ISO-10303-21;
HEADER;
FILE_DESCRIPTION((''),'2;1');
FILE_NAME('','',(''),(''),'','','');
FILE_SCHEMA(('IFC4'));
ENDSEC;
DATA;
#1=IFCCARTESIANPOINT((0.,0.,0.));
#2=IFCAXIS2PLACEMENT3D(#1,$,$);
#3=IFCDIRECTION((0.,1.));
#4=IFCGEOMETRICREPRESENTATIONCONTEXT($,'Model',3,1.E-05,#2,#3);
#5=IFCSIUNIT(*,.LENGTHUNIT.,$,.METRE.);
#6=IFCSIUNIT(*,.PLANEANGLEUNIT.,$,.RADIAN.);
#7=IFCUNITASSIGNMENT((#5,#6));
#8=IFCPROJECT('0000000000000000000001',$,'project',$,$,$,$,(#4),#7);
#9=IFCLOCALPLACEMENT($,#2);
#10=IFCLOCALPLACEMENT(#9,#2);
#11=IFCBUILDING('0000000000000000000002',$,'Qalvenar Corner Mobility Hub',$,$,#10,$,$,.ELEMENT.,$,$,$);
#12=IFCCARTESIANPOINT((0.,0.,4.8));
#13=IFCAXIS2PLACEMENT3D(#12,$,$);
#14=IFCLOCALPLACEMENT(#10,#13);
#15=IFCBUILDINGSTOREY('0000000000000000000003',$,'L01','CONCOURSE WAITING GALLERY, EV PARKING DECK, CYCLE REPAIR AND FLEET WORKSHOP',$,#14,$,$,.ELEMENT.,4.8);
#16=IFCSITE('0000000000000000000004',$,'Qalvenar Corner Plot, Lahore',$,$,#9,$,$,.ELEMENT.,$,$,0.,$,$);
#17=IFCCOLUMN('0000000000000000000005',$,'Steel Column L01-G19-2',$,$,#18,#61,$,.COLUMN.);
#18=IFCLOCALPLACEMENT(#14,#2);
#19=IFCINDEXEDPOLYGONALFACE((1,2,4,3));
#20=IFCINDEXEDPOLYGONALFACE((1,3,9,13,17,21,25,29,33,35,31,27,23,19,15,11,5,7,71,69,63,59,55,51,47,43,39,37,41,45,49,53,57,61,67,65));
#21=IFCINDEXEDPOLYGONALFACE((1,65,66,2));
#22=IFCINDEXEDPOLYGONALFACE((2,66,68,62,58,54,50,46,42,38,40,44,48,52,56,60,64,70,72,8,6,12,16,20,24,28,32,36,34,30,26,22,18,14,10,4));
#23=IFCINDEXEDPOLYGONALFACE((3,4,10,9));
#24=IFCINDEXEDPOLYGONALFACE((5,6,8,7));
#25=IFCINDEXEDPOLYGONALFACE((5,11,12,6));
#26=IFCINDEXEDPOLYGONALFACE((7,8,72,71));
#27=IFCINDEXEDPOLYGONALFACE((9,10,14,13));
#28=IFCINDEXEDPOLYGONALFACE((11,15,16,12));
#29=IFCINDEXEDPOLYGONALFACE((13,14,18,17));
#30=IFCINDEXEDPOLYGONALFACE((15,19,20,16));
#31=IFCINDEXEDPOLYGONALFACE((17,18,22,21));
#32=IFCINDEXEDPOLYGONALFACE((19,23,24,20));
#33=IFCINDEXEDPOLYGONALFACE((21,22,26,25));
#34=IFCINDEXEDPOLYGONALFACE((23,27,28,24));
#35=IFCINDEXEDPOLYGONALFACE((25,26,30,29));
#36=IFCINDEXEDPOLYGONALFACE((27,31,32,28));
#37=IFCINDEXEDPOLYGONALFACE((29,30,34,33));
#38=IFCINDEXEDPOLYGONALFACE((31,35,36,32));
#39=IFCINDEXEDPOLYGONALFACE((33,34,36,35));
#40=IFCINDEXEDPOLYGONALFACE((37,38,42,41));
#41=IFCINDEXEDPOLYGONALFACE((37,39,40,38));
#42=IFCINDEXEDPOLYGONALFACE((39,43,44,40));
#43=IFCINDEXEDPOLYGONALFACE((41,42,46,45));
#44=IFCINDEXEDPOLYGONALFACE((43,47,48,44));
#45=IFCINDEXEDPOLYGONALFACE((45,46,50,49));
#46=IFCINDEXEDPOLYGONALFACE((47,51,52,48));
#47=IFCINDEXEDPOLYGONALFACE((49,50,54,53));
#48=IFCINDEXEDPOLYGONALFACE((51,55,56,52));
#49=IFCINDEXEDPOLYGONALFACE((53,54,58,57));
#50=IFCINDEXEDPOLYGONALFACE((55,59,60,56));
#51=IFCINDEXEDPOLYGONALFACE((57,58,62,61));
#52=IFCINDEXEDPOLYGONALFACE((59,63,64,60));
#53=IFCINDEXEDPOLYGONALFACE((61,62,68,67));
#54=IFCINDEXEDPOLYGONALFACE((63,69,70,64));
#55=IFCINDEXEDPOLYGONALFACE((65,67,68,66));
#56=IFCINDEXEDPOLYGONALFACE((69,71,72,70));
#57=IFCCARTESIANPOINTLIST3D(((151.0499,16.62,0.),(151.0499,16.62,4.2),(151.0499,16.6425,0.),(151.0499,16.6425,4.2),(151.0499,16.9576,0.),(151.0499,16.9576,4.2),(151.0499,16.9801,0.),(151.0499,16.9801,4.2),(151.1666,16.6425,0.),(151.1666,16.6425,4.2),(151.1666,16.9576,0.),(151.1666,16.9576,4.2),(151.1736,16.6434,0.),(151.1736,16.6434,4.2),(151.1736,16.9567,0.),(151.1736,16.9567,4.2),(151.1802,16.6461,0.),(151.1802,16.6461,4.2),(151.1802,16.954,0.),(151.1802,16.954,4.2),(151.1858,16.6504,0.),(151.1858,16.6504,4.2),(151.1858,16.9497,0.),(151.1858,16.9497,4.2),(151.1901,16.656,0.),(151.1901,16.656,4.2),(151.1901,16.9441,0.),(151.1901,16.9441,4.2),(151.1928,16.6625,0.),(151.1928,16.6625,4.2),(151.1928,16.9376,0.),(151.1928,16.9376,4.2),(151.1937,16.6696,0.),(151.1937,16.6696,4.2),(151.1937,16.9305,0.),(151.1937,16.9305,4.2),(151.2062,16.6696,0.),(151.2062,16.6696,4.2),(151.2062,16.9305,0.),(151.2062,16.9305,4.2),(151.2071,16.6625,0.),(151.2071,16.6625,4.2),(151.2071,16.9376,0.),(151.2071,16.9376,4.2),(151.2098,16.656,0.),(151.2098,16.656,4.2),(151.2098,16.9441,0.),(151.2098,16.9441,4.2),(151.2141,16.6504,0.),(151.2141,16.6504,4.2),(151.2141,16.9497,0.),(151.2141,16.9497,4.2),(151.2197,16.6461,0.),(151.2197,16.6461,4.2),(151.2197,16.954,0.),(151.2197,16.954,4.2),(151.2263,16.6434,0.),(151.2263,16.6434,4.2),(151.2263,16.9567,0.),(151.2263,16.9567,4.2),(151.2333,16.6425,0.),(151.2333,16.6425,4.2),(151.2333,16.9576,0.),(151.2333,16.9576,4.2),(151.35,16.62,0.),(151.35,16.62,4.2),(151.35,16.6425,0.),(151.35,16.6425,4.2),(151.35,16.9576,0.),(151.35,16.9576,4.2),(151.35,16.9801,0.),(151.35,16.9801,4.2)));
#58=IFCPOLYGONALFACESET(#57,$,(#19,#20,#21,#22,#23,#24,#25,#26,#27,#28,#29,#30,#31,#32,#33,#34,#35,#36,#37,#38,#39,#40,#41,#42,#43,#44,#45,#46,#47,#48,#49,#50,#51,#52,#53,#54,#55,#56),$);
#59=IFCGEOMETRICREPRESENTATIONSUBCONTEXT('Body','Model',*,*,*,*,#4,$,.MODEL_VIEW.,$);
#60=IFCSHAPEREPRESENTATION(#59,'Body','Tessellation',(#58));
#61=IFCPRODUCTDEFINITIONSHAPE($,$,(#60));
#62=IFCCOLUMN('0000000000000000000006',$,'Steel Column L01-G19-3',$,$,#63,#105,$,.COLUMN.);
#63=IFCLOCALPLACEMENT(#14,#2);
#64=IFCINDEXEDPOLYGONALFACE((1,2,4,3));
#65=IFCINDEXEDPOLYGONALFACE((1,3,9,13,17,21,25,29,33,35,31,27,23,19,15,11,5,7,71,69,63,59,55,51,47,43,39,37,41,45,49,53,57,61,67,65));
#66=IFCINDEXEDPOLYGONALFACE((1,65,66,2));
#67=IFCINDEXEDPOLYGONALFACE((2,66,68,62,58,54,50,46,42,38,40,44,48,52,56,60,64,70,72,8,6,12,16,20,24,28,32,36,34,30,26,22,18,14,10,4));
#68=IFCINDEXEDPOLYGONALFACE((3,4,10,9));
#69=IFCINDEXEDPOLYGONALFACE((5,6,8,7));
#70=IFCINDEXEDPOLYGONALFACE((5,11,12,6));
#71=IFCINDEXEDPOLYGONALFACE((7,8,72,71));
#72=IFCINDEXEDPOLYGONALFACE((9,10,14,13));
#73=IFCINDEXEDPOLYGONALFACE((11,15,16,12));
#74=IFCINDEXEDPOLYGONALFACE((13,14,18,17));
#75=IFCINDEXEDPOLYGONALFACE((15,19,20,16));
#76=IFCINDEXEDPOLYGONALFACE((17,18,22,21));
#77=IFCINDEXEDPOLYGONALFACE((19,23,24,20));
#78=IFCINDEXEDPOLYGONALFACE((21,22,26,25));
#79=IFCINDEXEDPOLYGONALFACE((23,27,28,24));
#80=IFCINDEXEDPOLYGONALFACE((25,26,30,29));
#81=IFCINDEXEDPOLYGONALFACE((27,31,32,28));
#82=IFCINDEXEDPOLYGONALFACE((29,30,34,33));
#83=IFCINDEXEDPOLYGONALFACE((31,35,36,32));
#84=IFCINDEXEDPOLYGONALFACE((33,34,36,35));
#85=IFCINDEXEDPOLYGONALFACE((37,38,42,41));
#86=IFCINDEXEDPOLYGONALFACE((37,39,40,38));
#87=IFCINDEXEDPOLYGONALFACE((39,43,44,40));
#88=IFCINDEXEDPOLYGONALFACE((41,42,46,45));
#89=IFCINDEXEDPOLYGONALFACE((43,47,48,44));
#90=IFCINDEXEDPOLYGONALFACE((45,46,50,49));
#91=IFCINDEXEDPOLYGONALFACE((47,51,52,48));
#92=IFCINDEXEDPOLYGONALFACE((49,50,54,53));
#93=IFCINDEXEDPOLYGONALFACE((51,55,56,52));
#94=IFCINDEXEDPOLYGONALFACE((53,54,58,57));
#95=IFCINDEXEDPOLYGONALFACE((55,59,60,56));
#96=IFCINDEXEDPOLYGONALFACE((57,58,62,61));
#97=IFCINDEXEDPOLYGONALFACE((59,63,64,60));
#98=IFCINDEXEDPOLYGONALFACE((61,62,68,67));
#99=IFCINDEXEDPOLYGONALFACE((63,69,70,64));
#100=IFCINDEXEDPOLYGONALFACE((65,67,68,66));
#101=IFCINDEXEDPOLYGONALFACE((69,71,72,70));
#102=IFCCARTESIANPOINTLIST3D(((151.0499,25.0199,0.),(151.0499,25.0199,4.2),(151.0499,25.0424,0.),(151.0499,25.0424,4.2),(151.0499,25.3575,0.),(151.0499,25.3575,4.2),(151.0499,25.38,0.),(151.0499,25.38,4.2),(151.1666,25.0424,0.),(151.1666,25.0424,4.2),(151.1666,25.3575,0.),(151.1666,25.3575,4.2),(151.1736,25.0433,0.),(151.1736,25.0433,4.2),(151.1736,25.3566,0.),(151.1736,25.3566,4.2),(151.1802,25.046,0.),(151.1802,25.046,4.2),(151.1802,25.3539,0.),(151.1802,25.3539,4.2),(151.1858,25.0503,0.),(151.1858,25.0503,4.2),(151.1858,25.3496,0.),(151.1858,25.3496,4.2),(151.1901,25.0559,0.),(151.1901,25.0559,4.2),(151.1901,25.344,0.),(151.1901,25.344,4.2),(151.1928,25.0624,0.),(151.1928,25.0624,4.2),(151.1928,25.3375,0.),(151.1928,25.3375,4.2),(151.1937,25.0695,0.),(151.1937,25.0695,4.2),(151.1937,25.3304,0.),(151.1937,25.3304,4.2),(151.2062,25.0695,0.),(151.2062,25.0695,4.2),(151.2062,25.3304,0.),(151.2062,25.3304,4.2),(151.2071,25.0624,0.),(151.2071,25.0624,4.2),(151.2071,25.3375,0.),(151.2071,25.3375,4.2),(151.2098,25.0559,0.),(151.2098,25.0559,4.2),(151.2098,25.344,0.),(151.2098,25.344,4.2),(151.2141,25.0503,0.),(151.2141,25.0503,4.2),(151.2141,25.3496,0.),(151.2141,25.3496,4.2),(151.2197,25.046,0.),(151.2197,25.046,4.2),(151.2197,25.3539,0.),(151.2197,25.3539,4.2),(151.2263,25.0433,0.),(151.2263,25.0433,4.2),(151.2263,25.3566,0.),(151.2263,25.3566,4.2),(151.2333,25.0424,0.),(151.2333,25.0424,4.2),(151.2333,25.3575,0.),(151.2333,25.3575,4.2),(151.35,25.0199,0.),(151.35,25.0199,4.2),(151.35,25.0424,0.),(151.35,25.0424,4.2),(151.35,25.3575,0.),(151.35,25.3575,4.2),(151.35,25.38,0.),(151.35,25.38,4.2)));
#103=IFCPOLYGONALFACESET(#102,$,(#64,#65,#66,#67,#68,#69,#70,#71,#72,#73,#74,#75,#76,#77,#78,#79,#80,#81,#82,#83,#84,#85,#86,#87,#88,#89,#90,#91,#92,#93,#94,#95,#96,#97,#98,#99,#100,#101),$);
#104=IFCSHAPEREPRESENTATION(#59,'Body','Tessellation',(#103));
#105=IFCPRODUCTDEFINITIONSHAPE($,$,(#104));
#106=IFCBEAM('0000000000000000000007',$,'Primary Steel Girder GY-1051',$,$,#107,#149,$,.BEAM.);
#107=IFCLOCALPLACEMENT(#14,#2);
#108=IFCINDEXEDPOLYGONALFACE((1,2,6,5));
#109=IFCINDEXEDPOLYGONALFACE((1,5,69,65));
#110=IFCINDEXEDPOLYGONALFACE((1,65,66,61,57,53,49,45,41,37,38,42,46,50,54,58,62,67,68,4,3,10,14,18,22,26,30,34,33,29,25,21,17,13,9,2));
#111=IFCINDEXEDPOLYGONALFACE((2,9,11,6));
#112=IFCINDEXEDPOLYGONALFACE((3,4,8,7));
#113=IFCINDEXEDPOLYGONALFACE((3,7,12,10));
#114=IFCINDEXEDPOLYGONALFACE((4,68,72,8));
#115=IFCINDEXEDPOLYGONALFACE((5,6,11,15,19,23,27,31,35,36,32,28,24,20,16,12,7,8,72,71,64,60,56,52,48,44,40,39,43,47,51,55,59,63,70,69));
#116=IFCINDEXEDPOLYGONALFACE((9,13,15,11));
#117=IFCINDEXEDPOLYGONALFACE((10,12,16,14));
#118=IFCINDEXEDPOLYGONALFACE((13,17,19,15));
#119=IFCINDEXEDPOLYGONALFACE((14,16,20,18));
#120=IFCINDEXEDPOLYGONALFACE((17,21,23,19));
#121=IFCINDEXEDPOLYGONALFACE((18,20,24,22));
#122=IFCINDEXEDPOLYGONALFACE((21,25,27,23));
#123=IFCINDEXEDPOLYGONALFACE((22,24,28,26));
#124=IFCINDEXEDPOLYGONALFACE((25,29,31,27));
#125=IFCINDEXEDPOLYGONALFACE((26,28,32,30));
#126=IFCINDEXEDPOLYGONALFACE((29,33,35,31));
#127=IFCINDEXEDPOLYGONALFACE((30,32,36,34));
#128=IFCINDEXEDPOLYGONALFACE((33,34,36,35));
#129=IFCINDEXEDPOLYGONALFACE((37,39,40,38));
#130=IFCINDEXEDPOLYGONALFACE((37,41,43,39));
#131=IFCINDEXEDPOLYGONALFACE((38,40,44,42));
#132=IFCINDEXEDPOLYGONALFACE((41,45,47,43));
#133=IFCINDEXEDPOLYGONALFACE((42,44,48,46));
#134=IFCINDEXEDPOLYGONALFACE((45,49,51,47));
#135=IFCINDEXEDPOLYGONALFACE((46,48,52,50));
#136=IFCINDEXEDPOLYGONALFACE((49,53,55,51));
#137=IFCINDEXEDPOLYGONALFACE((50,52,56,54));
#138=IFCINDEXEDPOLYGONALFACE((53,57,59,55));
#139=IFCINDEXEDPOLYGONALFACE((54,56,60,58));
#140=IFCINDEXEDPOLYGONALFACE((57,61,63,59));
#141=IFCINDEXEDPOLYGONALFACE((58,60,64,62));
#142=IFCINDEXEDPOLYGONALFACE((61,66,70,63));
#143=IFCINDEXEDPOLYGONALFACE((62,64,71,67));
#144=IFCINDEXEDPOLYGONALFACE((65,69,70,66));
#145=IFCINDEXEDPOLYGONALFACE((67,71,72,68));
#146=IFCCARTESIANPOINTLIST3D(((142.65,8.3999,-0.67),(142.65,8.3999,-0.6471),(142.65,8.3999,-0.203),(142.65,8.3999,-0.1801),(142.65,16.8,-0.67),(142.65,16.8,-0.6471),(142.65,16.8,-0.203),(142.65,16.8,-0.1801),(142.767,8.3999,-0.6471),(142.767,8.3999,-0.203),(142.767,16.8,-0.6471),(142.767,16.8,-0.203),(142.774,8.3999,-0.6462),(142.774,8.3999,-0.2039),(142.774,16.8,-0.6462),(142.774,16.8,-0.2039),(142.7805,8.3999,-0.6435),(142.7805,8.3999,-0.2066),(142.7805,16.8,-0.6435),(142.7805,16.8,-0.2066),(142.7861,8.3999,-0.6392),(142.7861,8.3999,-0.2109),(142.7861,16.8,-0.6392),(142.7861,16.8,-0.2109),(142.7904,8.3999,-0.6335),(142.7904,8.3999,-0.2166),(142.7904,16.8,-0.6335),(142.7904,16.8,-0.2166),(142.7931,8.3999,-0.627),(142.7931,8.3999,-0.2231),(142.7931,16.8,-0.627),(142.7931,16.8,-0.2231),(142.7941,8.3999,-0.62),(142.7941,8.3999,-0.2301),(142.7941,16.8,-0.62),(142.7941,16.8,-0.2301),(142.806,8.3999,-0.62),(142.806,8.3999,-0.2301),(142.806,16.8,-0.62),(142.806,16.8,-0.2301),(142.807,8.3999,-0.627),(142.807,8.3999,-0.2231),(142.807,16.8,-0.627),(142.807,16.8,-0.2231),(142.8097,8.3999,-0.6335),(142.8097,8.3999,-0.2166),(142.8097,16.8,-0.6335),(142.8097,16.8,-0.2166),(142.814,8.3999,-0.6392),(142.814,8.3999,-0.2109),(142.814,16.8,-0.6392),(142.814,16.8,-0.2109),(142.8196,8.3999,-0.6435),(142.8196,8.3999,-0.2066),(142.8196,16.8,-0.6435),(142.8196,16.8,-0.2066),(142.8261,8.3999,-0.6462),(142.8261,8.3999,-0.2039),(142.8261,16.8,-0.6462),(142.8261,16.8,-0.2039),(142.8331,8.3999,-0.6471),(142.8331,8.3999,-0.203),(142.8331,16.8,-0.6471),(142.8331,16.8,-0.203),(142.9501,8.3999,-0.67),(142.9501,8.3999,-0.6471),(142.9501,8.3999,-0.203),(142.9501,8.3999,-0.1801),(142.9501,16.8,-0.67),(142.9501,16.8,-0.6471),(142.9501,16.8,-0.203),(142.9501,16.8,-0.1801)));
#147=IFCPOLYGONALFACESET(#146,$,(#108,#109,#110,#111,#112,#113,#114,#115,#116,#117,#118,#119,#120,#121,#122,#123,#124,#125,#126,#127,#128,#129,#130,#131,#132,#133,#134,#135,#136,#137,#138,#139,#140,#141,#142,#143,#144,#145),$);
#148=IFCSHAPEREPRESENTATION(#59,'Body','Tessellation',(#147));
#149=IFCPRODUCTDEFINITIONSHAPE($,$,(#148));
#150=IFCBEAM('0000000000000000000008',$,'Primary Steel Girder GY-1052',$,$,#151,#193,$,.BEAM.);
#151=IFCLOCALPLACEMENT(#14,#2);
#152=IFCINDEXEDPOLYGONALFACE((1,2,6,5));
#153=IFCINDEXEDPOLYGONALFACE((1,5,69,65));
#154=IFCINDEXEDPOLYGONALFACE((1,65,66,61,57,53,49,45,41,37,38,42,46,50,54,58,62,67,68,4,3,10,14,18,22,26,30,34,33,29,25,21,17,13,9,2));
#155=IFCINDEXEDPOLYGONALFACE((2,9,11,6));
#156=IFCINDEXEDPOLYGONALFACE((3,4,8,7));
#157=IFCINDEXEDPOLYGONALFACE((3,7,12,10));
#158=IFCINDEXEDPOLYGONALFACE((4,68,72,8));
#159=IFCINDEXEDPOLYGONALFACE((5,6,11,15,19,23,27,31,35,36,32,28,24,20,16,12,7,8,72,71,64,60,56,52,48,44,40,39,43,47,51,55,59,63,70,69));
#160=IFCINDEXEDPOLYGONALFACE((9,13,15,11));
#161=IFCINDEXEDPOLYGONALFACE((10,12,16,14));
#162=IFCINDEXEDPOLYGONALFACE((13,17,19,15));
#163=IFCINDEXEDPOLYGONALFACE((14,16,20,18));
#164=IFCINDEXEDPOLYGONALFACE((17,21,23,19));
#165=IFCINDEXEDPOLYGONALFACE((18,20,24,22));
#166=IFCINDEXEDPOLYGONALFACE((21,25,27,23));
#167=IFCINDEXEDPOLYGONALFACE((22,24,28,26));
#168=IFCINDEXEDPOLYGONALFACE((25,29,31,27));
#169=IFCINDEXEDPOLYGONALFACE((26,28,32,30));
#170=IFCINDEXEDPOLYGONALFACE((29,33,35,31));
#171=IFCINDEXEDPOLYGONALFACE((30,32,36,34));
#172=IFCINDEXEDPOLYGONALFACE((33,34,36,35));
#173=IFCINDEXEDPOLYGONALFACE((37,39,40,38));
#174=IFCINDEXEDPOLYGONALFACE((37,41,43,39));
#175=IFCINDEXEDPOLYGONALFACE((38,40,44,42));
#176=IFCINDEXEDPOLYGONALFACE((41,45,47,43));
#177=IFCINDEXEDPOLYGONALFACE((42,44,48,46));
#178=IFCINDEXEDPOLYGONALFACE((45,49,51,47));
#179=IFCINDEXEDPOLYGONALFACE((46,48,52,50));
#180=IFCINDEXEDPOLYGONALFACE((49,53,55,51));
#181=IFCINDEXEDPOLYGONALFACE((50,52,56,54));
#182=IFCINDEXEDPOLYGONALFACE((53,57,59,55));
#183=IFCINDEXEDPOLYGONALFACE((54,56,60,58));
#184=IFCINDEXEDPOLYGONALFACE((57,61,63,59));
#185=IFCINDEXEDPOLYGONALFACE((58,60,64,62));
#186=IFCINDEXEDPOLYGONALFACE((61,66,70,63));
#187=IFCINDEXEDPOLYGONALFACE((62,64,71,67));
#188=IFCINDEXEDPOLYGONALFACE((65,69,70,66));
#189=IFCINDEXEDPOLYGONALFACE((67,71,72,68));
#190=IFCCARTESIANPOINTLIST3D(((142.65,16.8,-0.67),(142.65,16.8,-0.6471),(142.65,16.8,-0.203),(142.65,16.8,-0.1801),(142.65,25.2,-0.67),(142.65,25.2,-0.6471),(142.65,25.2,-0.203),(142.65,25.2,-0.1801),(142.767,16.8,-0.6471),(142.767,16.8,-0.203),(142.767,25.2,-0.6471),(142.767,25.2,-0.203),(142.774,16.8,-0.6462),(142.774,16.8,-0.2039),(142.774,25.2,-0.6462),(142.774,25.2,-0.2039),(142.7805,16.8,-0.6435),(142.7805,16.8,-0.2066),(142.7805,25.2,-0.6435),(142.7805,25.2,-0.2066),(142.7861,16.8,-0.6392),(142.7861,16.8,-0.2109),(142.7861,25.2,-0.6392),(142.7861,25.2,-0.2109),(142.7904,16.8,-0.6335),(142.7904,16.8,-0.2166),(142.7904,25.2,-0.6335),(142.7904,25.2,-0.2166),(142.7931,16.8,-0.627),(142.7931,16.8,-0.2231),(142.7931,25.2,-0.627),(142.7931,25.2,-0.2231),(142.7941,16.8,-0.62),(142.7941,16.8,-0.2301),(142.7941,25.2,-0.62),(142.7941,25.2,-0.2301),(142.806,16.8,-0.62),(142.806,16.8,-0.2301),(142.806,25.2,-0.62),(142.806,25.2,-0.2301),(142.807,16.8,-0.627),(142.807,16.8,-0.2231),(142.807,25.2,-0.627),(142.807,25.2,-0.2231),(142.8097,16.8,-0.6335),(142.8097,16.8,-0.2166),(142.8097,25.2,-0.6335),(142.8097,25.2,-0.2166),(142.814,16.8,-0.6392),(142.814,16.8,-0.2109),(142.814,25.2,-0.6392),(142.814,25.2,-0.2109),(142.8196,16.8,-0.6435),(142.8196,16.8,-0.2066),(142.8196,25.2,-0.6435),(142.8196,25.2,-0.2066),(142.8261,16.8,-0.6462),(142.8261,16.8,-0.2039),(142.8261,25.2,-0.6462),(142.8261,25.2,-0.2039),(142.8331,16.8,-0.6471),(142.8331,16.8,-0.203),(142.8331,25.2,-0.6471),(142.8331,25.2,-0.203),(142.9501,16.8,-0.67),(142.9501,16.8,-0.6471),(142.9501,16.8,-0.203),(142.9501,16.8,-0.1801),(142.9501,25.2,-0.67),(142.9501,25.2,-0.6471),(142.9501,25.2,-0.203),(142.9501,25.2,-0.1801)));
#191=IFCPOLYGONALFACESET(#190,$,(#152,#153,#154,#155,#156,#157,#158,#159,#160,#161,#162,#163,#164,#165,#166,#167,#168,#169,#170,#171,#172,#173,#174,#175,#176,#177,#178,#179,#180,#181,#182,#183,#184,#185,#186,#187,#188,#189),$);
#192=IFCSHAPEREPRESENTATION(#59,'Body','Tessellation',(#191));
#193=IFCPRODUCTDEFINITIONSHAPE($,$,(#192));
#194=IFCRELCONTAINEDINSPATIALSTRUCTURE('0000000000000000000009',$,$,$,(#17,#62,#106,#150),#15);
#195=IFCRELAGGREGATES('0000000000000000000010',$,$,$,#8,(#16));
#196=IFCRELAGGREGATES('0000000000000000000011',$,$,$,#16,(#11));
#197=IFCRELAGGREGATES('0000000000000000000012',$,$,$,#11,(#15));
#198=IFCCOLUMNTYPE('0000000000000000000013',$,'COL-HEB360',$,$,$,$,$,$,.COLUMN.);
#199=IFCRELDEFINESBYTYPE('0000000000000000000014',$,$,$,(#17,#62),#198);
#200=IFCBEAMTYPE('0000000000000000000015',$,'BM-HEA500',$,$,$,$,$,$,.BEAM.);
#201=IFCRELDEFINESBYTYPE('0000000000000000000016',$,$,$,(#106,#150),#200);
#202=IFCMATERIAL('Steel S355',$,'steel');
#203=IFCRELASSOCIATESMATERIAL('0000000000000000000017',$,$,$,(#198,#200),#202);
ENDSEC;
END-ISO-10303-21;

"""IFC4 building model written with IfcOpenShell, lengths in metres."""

from ifc_helpers import new_model, si_unit, direction, frame, origin, origin_2d, place, context, subcontext, project, spatial, i_section, extrude, material, material_profile, profile_set, type_object, element, save


model = new_model("IFC4")

# Units and contexts
model_context = context("Model", 3, precision=1e-05, world=origin(), true_north=direction((0.0, 1.0)))
body_context = subcontext(model_context, "Body", "Model", "MODEL_VIEW")
ifc_project = project(units=[si_unit("LENGTHUNIT", "METRE"), si_unit("PLANEANGLEUNIT", "RADIAN")], contexts=[model_context])

# Site, building, storey
site_placement = place(None, origin())
site = spatial("IfcSite", under=ifc_project, at=site_placement, Name="Qalvenar Corner Plot, Lahore", CompositionType="ELEMENT", RefElevation=0.0)
building_placement = place(site_placement, origin())
building = spatial("IfcBuilding", under=site, at=building_placement, Name="Qalvenar Corner Mobility Hub", CompositionType="ELEMENT")
storey_placement = place(building_placement, frame((0.0, 0.0, 4.8)))
storey = spatial("IfcBuildingStorey", under=building, at=storey_placement, Name="L01", Description="CONCOURSE WAITING GALLERY, EV PARKING DECK, CYCLE REPAIR AND FLEET WORKSHOP", CompositionType="ELEMENT", Elevation=4.8)

# Columns
ifc_material_1 = material(Name="Steel S355", Category="steel")
ifc_material_profile_1 = material_profile(ifc_material_1, i_section(OverallWidth=0.3, OverallDepth=0.3601, WebThickness=0.0125, FlangeThickness=0.0225, FilletRadius=0.0271, at=origin_2d()), Name="HEB360")
ifc_profile_set_1 = profile_set([ifc_material_profile_1], Name="Steel S355")
column_type_1 = type_object("IfcColumnType", Name="COL-HEB360", PredefinedType="COLUMN", material=ifc_profile_set_1)
for number, where, z_axis, x_axis, name in (
    (1, (151.2, 16.8, 0.0), (0.0, 0.0, 1.0), (1.0, 0.0, 0.0), "Steel Column L01-G19-2"),
    (2, (151.2, 25.2, 0.0), (0.0, 0.0, 1.0), (1.0, 0.0, 0.0), "Steel Column L01-G19-3"),
):
    element("IfcColumn", number, at=place(storey_placement, frame(where, z_axis=z_axis, x_axis=x_axis)), inside=storey, type_object=column_type_1, Name=name, PredefinedType="COLUMN", context=body_context, shape_type="SweptSolid", body=[
        extrude(i_section(OverallWidth=0.3, OverallDepth=0.3601, WebThickness=0.0125, FlangeThickness=0.0225, FilletRadius=0.0271, at=origin_2d()), origin(), (0.0, 0.0, 1.0), 4.2),
    ])

# Beams
ifc_material_profile_2 = material_profile(ifc_material_1, i_section(OverallWidth=0.3, OverallDepth=0.49, WebThickness=0.012, FlangeThickness=0.0229, FilletRadius=0.0271, at=origin_2d()), Name="HEA500")
ifc_profile_set_2 = profile_set([ifc_material_profile_2], Name="Steel S355")
beam_type_1 = type_object("IfcBeamType", Name="BM-HEA500", PredefinedType="BEAM", material=ifc_profile_set_2)
beam_1_placement = place(storey_placement, frame((142.8, 8.3999, -0.425), z_axis=(0.0, 1.0, 0.0), x_axis=(-1.0, 0.0, 0.0)))
element("IfcBeam", 3, at=beam_1_placement, inside=storey, type_object=beam_type_1, Name="Primary Steel Girder GY-1051", PredefinedType="BEAM", context=body_context, shape_type="SweptSolid", body=[
    extrude(i_section(OverallWidth=0.3, OverallDepth=0.49, WebThickness=0.012, FlangeThickness=0.0229, FilletRadius=0.0271, at=origin_2d()), origin(), (0.0, 0.0, 1.0), 8.4001),
])
beam_2_placement = place(storey_placement, frame((142.8, 16.8, -0.425), z_axis=(0.0, 1.0, 0.0), x_axis=(-1.0, 0.0, 0.0)))
element("IfcBeam", 4, at=beam_2_placement, inside=storey, type_object=beam_type_1, Name="Primary Steel Girder GY-1052", PredefinedType="BEAM", context=body_context, shape_type="SweptSolid", body=[
    extrude(i_section(OverallWidth=0.3, OverallDepth=0.49, WebThickness=0.012, FlangeThickness=0.0229, FilletRadius=0.0271, at=origin_2d()), origin(), (0.0, 0.0, 1.0), 8.3999),
])

save(model, "model.ifc")
